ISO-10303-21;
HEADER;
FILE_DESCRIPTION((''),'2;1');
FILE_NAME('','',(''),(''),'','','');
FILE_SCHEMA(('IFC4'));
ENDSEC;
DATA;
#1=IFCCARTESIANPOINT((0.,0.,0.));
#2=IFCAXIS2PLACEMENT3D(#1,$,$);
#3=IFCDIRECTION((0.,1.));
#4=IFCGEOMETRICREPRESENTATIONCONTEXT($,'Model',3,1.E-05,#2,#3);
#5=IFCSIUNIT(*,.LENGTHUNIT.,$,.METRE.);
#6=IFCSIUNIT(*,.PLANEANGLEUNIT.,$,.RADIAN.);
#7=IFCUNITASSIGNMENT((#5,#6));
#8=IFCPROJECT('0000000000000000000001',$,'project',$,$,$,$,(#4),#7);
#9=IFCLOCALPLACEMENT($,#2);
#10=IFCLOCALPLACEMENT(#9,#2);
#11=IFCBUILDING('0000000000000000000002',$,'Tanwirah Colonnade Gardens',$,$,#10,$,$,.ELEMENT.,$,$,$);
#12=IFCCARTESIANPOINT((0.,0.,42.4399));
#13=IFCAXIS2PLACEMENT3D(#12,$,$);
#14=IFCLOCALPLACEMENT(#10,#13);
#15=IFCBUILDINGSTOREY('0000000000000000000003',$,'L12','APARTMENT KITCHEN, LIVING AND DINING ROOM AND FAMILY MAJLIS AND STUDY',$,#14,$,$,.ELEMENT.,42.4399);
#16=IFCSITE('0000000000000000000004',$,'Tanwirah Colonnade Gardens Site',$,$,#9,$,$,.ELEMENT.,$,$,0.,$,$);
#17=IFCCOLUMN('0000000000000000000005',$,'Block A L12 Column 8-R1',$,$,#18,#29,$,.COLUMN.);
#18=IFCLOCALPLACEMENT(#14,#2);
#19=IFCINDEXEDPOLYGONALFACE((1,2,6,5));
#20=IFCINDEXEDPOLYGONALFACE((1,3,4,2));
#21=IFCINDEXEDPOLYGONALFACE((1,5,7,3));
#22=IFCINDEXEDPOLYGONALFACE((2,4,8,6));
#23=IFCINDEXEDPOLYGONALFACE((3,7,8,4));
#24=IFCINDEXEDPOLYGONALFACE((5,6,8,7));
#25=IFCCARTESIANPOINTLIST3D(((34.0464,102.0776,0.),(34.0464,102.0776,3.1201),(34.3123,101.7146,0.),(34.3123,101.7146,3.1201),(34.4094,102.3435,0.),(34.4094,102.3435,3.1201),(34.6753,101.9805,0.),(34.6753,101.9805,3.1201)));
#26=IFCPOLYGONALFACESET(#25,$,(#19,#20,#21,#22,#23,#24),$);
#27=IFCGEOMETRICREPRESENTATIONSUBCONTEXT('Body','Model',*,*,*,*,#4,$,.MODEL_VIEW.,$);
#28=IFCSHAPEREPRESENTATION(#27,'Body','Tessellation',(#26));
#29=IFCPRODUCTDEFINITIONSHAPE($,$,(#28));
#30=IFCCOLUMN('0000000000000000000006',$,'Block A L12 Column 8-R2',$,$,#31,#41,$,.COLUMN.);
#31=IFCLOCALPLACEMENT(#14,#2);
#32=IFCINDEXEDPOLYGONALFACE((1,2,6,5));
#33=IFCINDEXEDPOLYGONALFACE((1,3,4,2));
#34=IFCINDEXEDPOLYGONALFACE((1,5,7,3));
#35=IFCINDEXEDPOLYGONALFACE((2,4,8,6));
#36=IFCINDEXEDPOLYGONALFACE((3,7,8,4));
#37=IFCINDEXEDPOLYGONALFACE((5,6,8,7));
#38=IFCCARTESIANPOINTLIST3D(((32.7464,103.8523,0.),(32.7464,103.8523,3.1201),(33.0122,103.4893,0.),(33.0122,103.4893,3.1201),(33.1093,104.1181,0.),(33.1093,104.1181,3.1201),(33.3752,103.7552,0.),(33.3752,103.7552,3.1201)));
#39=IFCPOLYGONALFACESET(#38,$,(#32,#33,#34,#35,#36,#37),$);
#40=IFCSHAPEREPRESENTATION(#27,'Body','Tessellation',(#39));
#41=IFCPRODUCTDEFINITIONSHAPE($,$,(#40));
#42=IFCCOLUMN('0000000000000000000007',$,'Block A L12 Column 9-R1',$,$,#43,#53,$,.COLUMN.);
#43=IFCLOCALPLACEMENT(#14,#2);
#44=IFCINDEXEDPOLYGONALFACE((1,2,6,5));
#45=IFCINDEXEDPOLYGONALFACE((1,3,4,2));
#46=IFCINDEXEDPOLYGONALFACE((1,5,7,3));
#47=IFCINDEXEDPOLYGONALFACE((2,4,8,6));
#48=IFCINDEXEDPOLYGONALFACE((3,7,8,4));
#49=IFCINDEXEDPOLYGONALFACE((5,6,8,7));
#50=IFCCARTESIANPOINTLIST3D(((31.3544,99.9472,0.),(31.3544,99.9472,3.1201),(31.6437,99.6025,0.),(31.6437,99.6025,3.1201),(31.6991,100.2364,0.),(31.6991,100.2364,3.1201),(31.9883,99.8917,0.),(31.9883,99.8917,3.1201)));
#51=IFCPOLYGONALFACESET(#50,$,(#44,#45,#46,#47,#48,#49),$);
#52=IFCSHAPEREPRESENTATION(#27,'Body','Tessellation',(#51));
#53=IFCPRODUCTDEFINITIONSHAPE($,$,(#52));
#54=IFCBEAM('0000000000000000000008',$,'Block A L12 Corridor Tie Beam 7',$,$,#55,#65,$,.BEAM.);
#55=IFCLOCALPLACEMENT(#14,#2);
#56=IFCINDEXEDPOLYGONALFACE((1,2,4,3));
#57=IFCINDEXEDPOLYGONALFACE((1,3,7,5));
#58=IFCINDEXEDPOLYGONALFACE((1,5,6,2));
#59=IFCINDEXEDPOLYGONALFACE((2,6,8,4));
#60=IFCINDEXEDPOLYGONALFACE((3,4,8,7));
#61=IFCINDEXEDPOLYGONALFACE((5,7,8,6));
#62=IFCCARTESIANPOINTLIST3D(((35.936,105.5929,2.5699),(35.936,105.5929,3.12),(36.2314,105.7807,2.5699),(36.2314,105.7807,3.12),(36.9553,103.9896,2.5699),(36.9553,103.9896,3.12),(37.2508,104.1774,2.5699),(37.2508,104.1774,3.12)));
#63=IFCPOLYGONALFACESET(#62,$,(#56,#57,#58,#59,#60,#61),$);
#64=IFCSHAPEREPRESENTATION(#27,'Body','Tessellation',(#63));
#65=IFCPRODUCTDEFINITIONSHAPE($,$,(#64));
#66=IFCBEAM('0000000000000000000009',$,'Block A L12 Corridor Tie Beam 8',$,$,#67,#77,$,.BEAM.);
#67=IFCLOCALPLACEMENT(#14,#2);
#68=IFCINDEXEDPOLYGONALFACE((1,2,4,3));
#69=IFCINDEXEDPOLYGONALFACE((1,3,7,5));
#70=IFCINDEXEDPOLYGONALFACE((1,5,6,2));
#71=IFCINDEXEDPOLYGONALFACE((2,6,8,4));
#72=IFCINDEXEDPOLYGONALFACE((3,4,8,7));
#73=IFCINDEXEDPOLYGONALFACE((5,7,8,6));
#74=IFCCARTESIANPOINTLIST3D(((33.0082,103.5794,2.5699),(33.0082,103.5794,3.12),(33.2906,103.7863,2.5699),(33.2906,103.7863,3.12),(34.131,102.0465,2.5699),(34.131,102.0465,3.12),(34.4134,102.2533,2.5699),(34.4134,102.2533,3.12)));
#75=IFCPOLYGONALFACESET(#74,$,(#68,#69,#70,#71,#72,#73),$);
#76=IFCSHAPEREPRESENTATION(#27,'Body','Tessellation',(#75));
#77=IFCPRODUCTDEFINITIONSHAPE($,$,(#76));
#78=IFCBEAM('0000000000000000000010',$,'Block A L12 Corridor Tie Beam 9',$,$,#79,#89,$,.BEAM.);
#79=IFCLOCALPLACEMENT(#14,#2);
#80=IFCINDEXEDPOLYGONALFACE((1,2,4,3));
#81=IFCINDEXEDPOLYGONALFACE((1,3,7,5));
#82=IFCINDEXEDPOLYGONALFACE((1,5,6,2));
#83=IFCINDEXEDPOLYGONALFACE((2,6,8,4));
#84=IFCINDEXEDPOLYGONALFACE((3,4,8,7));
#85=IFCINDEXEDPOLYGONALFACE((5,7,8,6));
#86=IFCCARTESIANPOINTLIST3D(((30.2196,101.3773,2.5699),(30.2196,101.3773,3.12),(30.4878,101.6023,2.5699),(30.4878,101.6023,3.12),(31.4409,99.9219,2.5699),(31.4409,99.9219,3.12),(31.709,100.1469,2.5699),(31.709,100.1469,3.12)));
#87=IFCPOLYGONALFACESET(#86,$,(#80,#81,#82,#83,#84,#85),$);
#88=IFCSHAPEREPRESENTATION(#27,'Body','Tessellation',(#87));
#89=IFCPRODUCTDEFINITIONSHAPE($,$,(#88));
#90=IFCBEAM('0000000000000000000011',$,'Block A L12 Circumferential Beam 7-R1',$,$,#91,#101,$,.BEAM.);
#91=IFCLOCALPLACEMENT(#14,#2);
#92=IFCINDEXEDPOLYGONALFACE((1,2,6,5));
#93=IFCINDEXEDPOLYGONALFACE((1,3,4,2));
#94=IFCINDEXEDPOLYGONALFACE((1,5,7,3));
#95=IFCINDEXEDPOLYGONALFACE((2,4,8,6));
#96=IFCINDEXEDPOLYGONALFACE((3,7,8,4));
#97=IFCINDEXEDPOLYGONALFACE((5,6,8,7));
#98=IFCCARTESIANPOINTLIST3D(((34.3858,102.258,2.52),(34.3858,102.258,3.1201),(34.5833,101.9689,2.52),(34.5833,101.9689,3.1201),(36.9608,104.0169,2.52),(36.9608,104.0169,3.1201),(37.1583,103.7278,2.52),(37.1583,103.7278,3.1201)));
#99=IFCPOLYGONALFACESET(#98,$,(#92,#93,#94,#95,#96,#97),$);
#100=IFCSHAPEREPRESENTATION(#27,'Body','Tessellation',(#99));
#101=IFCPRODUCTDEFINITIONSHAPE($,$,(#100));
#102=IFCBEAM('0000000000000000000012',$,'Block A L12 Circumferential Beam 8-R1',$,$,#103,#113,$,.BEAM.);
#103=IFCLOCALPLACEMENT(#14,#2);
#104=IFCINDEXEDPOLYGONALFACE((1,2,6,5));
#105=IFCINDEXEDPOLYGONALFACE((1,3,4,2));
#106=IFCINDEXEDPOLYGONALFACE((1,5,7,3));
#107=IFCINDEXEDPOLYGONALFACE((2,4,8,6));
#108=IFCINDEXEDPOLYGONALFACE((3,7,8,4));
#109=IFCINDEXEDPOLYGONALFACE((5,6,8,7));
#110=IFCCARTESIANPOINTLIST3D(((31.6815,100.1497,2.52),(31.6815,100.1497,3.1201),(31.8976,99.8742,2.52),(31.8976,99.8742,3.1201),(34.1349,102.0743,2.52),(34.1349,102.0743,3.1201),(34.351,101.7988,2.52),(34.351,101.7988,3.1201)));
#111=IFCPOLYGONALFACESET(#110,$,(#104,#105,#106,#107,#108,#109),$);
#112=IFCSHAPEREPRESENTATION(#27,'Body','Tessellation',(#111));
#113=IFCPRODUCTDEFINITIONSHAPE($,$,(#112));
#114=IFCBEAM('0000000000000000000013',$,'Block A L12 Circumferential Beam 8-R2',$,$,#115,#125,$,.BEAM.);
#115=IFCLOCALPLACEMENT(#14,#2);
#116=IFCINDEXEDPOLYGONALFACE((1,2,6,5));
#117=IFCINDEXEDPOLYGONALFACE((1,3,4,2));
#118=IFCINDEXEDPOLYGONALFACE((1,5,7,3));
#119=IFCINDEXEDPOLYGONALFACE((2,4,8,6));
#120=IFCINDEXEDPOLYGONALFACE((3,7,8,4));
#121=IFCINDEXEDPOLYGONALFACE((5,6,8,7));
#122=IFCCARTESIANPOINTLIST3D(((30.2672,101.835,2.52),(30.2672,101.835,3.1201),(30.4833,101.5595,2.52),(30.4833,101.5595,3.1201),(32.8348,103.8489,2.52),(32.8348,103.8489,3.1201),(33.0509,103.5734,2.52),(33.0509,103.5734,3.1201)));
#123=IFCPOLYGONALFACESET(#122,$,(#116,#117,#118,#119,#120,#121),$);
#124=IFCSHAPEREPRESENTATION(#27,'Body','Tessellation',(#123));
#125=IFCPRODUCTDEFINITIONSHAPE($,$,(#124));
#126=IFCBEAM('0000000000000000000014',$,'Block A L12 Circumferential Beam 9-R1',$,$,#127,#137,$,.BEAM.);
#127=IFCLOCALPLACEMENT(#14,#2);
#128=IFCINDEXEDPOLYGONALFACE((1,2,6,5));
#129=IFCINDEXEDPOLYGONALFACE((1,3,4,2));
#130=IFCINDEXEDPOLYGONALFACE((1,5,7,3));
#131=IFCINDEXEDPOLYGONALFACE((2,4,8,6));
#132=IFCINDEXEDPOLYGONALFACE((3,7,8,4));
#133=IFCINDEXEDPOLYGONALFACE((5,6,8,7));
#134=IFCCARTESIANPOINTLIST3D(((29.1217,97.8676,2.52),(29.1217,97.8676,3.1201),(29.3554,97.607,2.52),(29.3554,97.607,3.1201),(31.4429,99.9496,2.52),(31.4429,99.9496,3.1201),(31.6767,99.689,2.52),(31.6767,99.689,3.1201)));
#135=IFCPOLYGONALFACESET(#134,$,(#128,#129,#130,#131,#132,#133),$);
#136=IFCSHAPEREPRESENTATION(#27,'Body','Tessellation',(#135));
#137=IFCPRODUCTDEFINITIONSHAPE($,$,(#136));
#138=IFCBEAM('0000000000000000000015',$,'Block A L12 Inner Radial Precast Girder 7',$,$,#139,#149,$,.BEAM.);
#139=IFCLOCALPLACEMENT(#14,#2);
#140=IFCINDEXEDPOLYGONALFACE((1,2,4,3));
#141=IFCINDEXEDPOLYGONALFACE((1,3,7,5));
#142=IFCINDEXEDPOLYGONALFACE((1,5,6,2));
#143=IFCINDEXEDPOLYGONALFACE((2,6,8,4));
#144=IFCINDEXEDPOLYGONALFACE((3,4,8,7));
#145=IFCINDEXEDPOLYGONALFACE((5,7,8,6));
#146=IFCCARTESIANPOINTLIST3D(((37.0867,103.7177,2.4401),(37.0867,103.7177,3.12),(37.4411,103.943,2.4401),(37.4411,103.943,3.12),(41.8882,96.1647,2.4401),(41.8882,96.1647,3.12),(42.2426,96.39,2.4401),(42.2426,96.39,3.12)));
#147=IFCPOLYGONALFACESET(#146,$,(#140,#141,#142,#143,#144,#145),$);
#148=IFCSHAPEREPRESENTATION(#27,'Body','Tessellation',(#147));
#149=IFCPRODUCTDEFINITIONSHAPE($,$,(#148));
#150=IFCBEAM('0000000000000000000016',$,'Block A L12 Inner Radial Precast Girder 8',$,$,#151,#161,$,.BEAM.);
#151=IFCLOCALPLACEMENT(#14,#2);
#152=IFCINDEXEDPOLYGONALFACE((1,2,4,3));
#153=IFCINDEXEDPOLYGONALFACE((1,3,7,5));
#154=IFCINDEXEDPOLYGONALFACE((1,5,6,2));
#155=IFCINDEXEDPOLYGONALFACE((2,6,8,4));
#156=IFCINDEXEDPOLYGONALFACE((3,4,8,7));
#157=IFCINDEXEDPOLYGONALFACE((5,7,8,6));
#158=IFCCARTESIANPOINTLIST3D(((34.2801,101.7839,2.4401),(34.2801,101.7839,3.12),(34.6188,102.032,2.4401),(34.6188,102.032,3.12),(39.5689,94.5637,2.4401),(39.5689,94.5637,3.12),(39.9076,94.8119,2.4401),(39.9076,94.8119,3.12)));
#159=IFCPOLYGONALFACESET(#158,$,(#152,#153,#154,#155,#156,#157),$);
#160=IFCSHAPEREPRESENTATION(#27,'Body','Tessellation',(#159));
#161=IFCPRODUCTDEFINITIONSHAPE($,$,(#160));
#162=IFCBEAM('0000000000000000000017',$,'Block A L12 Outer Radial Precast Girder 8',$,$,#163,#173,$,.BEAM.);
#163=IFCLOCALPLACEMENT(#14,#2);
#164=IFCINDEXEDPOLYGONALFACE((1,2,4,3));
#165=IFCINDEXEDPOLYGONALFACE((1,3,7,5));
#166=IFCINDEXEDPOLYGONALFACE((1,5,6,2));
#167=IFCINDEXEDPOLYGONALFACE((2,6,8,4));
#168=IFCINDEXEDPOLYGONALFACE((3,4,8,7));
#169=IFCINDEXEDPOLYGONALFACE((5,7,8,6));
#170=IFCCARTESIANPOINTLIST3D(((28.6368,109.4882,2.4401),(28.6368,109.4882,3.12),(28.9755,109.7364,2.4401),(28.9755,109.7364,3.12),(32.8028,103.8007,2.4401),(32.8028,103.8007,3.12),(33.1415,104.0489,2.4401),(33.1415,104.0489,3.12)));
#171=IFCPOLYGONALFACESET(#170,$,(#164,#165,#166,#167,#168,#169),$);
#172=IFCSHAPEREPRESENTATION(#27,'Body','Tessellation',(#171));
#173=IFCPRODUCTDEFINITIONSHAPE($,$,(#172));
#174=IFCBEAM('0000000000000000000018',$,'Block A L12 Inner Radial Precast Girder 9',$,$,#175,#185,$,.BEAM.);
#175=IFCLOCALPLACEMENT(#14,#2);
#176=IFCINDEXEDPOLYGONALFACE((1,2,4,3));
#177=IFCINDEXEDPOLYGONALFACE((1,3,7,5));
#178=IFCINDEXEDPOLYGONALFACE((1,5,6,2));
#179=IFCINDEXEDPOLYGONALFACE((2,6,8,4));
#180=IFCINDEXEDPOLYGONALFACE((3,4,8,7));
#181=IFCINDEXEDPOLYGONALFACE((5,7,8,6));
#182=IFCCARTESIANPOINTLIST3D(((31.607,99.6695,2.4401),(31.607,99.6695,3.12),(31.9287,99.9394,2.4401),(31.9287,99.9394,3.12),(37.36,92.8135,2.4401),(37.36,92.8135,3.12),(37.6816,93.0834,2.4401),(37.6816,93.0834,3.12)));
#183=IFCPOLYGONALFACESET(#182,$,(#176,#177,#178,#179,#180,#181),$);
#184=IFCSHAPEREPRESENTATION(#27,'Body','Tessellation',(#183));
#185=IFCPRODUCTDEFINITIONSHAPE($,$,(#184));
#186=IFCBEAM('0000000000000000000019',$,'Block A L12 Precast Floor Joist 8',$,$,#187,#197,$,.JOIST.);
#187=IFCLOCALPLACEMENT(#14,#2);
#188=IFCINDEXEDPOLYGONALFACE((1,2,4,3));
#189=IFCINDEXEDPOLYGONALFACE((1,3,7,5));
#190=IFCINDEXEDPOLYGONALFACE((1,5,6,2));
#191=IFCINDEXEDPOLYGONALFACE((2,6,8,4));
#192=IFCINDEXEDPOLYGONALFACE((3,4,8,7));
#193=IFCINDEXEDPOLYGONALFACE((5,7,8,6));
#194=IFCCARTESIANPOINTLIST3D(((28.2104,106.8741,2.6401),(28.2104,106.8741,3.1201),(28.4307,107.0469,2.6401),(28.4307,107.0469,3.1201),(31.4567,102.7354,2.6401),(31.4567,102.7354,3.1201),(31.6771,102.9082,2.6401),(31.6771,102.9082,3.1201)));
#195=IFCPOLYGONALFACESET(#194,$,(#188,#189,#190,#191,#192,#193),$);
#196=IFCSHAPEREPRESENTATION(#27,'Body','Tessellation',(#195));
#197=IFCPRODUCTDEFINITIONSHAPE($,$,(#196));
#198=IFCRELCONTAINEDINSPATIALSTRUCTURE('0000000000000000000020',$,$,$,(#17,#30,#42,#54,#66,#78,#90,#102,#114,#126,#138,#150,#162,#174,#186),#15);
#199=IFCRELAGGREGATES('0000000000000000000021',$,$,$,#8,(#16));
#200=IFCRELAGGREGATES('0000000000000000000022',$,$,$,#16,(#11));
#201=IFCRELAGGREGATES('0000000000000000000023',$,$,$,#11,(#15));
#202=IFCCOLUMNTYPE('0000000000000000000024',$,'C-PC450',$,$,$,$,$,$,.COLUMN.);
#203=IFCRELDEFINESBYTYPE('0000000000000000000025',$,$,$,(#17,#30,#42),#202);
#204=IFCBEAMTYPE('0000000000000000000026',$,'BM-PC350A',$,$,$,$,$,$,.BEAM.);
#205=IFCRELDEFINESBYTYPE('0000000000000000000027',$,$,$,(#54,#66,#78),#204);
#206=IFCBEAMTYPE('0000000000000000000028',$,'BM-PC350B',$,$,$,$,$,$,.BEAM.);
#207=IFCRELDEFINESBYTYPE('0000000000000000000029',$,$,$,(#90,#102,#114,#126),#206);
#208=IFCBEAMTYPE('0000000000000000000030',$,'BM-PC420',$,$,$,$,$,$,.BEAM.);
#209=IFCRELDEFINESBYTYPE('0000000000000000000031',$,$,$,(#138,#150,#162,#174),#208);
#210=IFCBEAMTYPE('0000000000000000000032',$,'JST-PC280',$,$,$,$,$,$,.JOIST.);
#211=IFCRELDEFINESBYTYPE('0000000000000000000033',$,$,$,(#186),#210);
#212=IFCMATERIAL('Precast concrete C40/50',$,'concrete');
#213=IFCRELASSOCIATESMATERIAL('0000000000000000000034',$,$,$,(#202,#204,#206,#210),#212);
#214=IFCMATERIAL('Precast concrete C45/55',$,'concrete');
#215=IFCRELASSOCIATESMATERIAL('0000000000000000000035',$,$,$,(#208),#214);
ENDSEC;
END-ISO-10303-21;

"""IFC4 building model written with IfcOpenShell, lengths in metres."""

from ifc_helpers import new_model, si_unit, direction, frame, origin, origin_2d, place, context, subcontext, project, spatial, rectangle, extrude, material, material_profile, profile_set, type_object, element, save


model = new_model("IFC4")

# Units and contexts
model_context = context("Model", 3, precision=1e-05, world=origin(), true_north=direction((0.0, 1.0)))
body_context = subcontext(model_context, "Body", "Model", "MODEL_VIEW")
ifc_project = project(units=[si_unit("LENGTHUNIT", "METRE"), si_unit("PLANEANGLEUNIT", "RADIAN")], contexts=[model_context])

# Site, building, storey
site_placement = place(None, origin())
site = spatial("IfcSite", under=ifc_project, at=site_placement, Name="Tanwirah Colonnade Gardens Site", CompositionType="ELEMENT", RefElevation=0.0)
building_placement = place(site_placement, origin())
building = spatial("IfcBuilding", under=site, at=building_placement, Name="Tanwirah Colonnade Gardens", CompositionType="ELEMENT")
storey_placement = place(building_placement, frame((0.0, 0.0, 42.4399)))
storey = spatial("IfcBuildingStorey", under=building, at=storey_placement, Name="L12", Description="APARTMENT KITCHEN, LIVING AND DINING ROOM AND FAMILY MAJLIS AND STUDY", CompositionType="ELEMENT", Elevation=42.4399)

# Columns
ifc_material_1 = material(Name="Precast concrete C40/50", Category="concrete")
ifc_material_profile_1 = material_profile(ifc_material_1, rectangle(XDim=0.45, YDim=0.45, at=origin_2d()), Name="PC-COL 450x450")
ifc_profile_set_1 = profile_set([ifc_material_profile_1], Name="Precast concrete C40/50")
column_type = type_object("IfcColumnType", Name="C-PC450", PredefinedType="COLUMN", material=ifc_profile_set_1)
for number, where, z_axis, x_axis, name in (
    (1, (34.3608, 102.0291, 0.0), (0.0, 0.0, 1.0), (-0.590919, 0.806731, 0.0), "Block A L12 Column 8-R1"),
    (2, (33.0608, 103.8037, 0.0), (0.0, 0.0, 1.0), (-0.590919, 0.806731, 0.0), "Block A L12 Column 8-R2"),
    (3, (31.6714, 99.9194, 0.0), (0.0, 0.0, 1.0), (-0.642788, 0.766044, 0.0), "Block A L12 Column 9-R1"),
):
    element("IfcColumn", number, at=place(storey_placement, frame(where, z_axis=z_axis, x_axis=x_axis)), inside=storey, type_object=column_type, Name=name, PredefinedType="COLUMN", context=body_context, shape_type="SweptSolid", body=[
        extrude(rectangle(XDim=0.45, YDim=0.45, at=origin_2d()), origin(), (0.0, 0.0, 1.0), 3.1201),
    ])

# Beams
ifc_material_profile_2 = material_profile(ifc_material_1, rectangle(XDim=0.3501, YDim=0.55, at=origin_2d()), Name="PC-BM 350x550")
ifc_profile_set_2 = profile_set([ifc_material_profile_2], Name="Precast concrete C40/50")
beam_type_1 = type_object("IfcBeamType", Name="BM-PC350A", PredefinedType="BEAM", material=ifc_profile_set_2)
beam_1_placement = place(storey_placement, frame((37.103, 104.0835, 2.845), z_axis=(-0.53651, 0.843894, 0.0), x_axis=(-0.843894, -0.53651, 0.0)))
element("IfcBeam", 4, at=beam_1_placement, inside=storey, type_object=beam_type_1, Name="Block A L12 Corridor Tie Beam 7", PredefinedType="BEAM", context=body_context, shape_type="SweptSolid", body=[
    extrude(rectangle(XDim=0.3501, YDim=0.55, at=origin_2d()), origin(), (0.0, 0.0, 1.0), 1.8999),
])
beam_2_placement = place(storey_placement, frame((34.2722, 102.1499, 2.845), z_axis=(-0.590896, 0.806748, 0.0), x_axis=(-0.806748, -0.590896, 0.0)))
element("IfcBeam", 5, at=beam_2_placement, inside=storey, type_object=beam_type_1, Name="Block A L12 Corridor Tie Beam 8", PredefinedType="BEAM", context=body_context, shape_type="SweptSolid", body=[
    extrude(rectangle(XDim=0.3501, YDim=0.55, at=origin_2d()), origin(), (0.0, 0.0, 1.0), 1.9001),
])
beam_3_placement = place(storey_placement, frame((31.575, 100.0344, 2.845), z_axis=(-0.642797, 0.766036, 0.0), x_axis=(-0.766036, -0.642797, 0.0)))
element("IfcBeam", 6, at=beam_3_placement, inside=storey, type_object=beam_type_1, Name="Block A L12 Corridor Tie Beam 9", PredefinedType="BEAM", context=body_context, shape_type="SweptSolid", body=[
    extrude(rectangle(XDim=0.3501, YDim=0.55, at=origin_2d()), origin(), (0.0, 0.0, 1.0), 1.8999),
])
ifc_material_profile_3 = material_profile(ifc_material_1, rectangle(XDim=0.3501, YDim=0.6001, at=origin_2d()), Name="PC-BM 350x600")
ifc_profile_set_3 = profile_set([ifc_material_profile_3], Name="Precast concrete C40/50")
beam_type_2 = type_object("IfcBeamType", Name="BM-PC350B", PredefinedType="BEAM", material=ifc_profile_set_3)
beam_4_placement = place(storey_placement, frame((37.0596, 103.8723, 2.8201), z_axis=(-0.825758, -0.564024, 0.0), x_axis=(0.564024, -0.825758, 0.0)))
element("IfcBeam", 7, at=beam_4_placement, inside=storey, type_object=beam_type_2, Name="Block A L12 Circumferential Beam 7-R1", PredefinedType="BEAM", context=body_context, shape_type="SweptSolid", body=[
    extrude(rectangle(XDim=0.3501, YDim=0.6001, at=origin_2d()), origin(), (0.0, 0.0, 1.0), 3.1184),
])
beam_5_placement = place(storey_placement, frame((34.2429, 101.9365, 2.8201), z_axis=(-0.786799, -0.617209, 0.0), x_axis=(0.617209, -0.786799, 0.0)))
element("IfcBeam", 8, at=beam_5_placement, inside=storey, type_object=beam_type_2, Name="Block A L12 Circumferential Beam 8-R1", PredefinedType="BEAM", context=body_context, shape_type="SweptSolid", body=[
    extrude(rectangle(XDim=0.3501, YDim=0.6001, at=origin_2d()), origin(), (0.0, 0.0, 1.0), 3.1182),
])
beam_6_placement = place(storey_placement, frame((32.9429, 103.7112, 2.8201), z_axis=(-0.78684, -0.617157, 0.0), x_axis=(0.617157, -0.78684, 0.0)))
element("IfcBeam", 9, at=beam_6_placement, inside=storey, type_object=beam_type_2, Name="Block A L12 Circumferential Beam 8-R2", PredefinedType="BEAM", context=body_context, shape_type="SweptSolid", body=[
    extrude(rectangle(XDim=0.3501, YDim=0.6001, at=origin_2d()), origin(), (0.0, 0.0, 1.0), 3.2632),
])
beam_7_placement = place(storey_placement, frame((31.5598, 99.8193, 2.8201), z_axis=(-0.74443, -0.667701, 0.0), x_axis=(0.667701, -0.74443, 0.0)))
element("IfcBeam", 10, at=beam_7_placement, inside=storey, type_object=beam_type_2, Name="Block A L12 Circumferential Beam 9-R1", PredefinedType="BEAM", context=body_context, shape_type="SweptSolid", body=[
    extrude(rectangle(XDim=0.3501, YDim=0.6001, at=origin_2d()), origin(), (0.0, 0.0, 1.0), 3.1182),
])
ifc_material_2 = material(Name="Precast concrete C45/55", Category="concrete")
ifc_material_profile_4 = material_profile(ifc_material_2, rectangle(XDim=0.4199, YDim=0.6799, at=origin_2d()), Name="PC-BM 420x680")
ifc_profile_set_4 = profile_set([ifc_material_profile_4], Name="Precast concrete C45/55")
beam_type_3 = type_object("IfcBeamType", Name="BM-PC420", PredefinedType="BEAM", material=ifc_profile_set_4)
for number, where, z_axis, x_axis, name in (
    (11, (37.2639, 103.8303, 2.78), (0.536484, -0.843911, 0.0), (0.843911, 0.536484, 0.0), "Block A L12 Inner Radial Precast Girder 7"),
    (12, (34.4495, 101.908, 2.78), (0.590927, -0.806725, 0.0), (0.806725, 0.590927, 0.0), "Block A L12 Inner Radial Precast Girder 8"),
):
    element("IfcBeam", number, at=place(storey_placement, frame(where, z_axis=z_axis, x_axis=x_axis)), inside=storey, type_object=beam_type_3, Name=name, PredefinedType="BEAM", context=body_context, shape_type="SweptSolid", body=[
        extrude(rectangle(XDim=0.4199, YDim=0.6799, at=origin_2d()), origin(), (0.0, 0.0, 1.0), 8.95),
    ])
beam_8_placement = place(storey_placement, frame((32.9722, 103.9248, 2.78), z_axis=(-0.590919, 0.806731, 0.0), x_axis=(-0.806731, -0.590919, 0.0)))
element("IfcBeam", 13, at=beam_8_placement, inside=storey, type_object=beam_type_3, Name="Block A L12 Outer Radial Precast Girder 8", PredefinedType="BEAM", context=body_context, shape_type="SweptSolid", body=[
    extrude(rectangle(XDim=0.4199, YDim=0.6799, at=origin_2d()), origin(), (0.0, 0.0, 1.0), 7.05),
])
beam_9_placement = place(storey_placement, frame((31.7678, 99.8044, 2.78), z_axis=(0.642794, -0.766039, 0.0), x_axis=(0.766039, 0.642794, 0.0)))
element("IfcBeam", 14, at=beam_9_placement, inside=storey, type_object=beam_type_3, Name="Block A L12 Inner Radial Precast Girder 9", PredefinedType="BEAM", context=body_context, shape_type="SweptSolid", body=[
    extrude(rectangle(XDim=0.4199, YDim=0.6799, at=origin_2d()), origin(), (0.0, 0.0, 1.0), 8.95),
])
ifc_material_profile_5 = material_profile(ifc_material_1, rectangle(XDim=0.28, YDim=0.48, at=origin_2d()), Name="PC-JST 280x480")
ifc_profile_set_5 = profile_set([ifc_material_profile_5], Name="Precast concrete C40/50")
beam_type_4 = type_object("IfcBeamType", Name="JST-PC280", PredefinedType="JOIST", material=ifc_profile_set_5)
beam_10_placement = place(storey_placement, frame((31.5669, 102.8218, 2.8801), z_axis=(-0.617178, 0.786824, 0.0), x_axis=(-0.786824, -0.617178, 0.0)))
element("IfcBeam", 15, at=beam_10_placement, inside=storey, type_object=beam_type_4, Name="Block A L12 Precast Floor Joist 8", PredefinedType="JOIST", context=body_context, shape_type="SweptSolid", body=[
    extrude(rectangle(XDim=0.28, YDim=0.48, at=origin_2d()), origin(), (0.0, 0.0, 1.0), 5.26),
])

save(model, "model.ifc")
